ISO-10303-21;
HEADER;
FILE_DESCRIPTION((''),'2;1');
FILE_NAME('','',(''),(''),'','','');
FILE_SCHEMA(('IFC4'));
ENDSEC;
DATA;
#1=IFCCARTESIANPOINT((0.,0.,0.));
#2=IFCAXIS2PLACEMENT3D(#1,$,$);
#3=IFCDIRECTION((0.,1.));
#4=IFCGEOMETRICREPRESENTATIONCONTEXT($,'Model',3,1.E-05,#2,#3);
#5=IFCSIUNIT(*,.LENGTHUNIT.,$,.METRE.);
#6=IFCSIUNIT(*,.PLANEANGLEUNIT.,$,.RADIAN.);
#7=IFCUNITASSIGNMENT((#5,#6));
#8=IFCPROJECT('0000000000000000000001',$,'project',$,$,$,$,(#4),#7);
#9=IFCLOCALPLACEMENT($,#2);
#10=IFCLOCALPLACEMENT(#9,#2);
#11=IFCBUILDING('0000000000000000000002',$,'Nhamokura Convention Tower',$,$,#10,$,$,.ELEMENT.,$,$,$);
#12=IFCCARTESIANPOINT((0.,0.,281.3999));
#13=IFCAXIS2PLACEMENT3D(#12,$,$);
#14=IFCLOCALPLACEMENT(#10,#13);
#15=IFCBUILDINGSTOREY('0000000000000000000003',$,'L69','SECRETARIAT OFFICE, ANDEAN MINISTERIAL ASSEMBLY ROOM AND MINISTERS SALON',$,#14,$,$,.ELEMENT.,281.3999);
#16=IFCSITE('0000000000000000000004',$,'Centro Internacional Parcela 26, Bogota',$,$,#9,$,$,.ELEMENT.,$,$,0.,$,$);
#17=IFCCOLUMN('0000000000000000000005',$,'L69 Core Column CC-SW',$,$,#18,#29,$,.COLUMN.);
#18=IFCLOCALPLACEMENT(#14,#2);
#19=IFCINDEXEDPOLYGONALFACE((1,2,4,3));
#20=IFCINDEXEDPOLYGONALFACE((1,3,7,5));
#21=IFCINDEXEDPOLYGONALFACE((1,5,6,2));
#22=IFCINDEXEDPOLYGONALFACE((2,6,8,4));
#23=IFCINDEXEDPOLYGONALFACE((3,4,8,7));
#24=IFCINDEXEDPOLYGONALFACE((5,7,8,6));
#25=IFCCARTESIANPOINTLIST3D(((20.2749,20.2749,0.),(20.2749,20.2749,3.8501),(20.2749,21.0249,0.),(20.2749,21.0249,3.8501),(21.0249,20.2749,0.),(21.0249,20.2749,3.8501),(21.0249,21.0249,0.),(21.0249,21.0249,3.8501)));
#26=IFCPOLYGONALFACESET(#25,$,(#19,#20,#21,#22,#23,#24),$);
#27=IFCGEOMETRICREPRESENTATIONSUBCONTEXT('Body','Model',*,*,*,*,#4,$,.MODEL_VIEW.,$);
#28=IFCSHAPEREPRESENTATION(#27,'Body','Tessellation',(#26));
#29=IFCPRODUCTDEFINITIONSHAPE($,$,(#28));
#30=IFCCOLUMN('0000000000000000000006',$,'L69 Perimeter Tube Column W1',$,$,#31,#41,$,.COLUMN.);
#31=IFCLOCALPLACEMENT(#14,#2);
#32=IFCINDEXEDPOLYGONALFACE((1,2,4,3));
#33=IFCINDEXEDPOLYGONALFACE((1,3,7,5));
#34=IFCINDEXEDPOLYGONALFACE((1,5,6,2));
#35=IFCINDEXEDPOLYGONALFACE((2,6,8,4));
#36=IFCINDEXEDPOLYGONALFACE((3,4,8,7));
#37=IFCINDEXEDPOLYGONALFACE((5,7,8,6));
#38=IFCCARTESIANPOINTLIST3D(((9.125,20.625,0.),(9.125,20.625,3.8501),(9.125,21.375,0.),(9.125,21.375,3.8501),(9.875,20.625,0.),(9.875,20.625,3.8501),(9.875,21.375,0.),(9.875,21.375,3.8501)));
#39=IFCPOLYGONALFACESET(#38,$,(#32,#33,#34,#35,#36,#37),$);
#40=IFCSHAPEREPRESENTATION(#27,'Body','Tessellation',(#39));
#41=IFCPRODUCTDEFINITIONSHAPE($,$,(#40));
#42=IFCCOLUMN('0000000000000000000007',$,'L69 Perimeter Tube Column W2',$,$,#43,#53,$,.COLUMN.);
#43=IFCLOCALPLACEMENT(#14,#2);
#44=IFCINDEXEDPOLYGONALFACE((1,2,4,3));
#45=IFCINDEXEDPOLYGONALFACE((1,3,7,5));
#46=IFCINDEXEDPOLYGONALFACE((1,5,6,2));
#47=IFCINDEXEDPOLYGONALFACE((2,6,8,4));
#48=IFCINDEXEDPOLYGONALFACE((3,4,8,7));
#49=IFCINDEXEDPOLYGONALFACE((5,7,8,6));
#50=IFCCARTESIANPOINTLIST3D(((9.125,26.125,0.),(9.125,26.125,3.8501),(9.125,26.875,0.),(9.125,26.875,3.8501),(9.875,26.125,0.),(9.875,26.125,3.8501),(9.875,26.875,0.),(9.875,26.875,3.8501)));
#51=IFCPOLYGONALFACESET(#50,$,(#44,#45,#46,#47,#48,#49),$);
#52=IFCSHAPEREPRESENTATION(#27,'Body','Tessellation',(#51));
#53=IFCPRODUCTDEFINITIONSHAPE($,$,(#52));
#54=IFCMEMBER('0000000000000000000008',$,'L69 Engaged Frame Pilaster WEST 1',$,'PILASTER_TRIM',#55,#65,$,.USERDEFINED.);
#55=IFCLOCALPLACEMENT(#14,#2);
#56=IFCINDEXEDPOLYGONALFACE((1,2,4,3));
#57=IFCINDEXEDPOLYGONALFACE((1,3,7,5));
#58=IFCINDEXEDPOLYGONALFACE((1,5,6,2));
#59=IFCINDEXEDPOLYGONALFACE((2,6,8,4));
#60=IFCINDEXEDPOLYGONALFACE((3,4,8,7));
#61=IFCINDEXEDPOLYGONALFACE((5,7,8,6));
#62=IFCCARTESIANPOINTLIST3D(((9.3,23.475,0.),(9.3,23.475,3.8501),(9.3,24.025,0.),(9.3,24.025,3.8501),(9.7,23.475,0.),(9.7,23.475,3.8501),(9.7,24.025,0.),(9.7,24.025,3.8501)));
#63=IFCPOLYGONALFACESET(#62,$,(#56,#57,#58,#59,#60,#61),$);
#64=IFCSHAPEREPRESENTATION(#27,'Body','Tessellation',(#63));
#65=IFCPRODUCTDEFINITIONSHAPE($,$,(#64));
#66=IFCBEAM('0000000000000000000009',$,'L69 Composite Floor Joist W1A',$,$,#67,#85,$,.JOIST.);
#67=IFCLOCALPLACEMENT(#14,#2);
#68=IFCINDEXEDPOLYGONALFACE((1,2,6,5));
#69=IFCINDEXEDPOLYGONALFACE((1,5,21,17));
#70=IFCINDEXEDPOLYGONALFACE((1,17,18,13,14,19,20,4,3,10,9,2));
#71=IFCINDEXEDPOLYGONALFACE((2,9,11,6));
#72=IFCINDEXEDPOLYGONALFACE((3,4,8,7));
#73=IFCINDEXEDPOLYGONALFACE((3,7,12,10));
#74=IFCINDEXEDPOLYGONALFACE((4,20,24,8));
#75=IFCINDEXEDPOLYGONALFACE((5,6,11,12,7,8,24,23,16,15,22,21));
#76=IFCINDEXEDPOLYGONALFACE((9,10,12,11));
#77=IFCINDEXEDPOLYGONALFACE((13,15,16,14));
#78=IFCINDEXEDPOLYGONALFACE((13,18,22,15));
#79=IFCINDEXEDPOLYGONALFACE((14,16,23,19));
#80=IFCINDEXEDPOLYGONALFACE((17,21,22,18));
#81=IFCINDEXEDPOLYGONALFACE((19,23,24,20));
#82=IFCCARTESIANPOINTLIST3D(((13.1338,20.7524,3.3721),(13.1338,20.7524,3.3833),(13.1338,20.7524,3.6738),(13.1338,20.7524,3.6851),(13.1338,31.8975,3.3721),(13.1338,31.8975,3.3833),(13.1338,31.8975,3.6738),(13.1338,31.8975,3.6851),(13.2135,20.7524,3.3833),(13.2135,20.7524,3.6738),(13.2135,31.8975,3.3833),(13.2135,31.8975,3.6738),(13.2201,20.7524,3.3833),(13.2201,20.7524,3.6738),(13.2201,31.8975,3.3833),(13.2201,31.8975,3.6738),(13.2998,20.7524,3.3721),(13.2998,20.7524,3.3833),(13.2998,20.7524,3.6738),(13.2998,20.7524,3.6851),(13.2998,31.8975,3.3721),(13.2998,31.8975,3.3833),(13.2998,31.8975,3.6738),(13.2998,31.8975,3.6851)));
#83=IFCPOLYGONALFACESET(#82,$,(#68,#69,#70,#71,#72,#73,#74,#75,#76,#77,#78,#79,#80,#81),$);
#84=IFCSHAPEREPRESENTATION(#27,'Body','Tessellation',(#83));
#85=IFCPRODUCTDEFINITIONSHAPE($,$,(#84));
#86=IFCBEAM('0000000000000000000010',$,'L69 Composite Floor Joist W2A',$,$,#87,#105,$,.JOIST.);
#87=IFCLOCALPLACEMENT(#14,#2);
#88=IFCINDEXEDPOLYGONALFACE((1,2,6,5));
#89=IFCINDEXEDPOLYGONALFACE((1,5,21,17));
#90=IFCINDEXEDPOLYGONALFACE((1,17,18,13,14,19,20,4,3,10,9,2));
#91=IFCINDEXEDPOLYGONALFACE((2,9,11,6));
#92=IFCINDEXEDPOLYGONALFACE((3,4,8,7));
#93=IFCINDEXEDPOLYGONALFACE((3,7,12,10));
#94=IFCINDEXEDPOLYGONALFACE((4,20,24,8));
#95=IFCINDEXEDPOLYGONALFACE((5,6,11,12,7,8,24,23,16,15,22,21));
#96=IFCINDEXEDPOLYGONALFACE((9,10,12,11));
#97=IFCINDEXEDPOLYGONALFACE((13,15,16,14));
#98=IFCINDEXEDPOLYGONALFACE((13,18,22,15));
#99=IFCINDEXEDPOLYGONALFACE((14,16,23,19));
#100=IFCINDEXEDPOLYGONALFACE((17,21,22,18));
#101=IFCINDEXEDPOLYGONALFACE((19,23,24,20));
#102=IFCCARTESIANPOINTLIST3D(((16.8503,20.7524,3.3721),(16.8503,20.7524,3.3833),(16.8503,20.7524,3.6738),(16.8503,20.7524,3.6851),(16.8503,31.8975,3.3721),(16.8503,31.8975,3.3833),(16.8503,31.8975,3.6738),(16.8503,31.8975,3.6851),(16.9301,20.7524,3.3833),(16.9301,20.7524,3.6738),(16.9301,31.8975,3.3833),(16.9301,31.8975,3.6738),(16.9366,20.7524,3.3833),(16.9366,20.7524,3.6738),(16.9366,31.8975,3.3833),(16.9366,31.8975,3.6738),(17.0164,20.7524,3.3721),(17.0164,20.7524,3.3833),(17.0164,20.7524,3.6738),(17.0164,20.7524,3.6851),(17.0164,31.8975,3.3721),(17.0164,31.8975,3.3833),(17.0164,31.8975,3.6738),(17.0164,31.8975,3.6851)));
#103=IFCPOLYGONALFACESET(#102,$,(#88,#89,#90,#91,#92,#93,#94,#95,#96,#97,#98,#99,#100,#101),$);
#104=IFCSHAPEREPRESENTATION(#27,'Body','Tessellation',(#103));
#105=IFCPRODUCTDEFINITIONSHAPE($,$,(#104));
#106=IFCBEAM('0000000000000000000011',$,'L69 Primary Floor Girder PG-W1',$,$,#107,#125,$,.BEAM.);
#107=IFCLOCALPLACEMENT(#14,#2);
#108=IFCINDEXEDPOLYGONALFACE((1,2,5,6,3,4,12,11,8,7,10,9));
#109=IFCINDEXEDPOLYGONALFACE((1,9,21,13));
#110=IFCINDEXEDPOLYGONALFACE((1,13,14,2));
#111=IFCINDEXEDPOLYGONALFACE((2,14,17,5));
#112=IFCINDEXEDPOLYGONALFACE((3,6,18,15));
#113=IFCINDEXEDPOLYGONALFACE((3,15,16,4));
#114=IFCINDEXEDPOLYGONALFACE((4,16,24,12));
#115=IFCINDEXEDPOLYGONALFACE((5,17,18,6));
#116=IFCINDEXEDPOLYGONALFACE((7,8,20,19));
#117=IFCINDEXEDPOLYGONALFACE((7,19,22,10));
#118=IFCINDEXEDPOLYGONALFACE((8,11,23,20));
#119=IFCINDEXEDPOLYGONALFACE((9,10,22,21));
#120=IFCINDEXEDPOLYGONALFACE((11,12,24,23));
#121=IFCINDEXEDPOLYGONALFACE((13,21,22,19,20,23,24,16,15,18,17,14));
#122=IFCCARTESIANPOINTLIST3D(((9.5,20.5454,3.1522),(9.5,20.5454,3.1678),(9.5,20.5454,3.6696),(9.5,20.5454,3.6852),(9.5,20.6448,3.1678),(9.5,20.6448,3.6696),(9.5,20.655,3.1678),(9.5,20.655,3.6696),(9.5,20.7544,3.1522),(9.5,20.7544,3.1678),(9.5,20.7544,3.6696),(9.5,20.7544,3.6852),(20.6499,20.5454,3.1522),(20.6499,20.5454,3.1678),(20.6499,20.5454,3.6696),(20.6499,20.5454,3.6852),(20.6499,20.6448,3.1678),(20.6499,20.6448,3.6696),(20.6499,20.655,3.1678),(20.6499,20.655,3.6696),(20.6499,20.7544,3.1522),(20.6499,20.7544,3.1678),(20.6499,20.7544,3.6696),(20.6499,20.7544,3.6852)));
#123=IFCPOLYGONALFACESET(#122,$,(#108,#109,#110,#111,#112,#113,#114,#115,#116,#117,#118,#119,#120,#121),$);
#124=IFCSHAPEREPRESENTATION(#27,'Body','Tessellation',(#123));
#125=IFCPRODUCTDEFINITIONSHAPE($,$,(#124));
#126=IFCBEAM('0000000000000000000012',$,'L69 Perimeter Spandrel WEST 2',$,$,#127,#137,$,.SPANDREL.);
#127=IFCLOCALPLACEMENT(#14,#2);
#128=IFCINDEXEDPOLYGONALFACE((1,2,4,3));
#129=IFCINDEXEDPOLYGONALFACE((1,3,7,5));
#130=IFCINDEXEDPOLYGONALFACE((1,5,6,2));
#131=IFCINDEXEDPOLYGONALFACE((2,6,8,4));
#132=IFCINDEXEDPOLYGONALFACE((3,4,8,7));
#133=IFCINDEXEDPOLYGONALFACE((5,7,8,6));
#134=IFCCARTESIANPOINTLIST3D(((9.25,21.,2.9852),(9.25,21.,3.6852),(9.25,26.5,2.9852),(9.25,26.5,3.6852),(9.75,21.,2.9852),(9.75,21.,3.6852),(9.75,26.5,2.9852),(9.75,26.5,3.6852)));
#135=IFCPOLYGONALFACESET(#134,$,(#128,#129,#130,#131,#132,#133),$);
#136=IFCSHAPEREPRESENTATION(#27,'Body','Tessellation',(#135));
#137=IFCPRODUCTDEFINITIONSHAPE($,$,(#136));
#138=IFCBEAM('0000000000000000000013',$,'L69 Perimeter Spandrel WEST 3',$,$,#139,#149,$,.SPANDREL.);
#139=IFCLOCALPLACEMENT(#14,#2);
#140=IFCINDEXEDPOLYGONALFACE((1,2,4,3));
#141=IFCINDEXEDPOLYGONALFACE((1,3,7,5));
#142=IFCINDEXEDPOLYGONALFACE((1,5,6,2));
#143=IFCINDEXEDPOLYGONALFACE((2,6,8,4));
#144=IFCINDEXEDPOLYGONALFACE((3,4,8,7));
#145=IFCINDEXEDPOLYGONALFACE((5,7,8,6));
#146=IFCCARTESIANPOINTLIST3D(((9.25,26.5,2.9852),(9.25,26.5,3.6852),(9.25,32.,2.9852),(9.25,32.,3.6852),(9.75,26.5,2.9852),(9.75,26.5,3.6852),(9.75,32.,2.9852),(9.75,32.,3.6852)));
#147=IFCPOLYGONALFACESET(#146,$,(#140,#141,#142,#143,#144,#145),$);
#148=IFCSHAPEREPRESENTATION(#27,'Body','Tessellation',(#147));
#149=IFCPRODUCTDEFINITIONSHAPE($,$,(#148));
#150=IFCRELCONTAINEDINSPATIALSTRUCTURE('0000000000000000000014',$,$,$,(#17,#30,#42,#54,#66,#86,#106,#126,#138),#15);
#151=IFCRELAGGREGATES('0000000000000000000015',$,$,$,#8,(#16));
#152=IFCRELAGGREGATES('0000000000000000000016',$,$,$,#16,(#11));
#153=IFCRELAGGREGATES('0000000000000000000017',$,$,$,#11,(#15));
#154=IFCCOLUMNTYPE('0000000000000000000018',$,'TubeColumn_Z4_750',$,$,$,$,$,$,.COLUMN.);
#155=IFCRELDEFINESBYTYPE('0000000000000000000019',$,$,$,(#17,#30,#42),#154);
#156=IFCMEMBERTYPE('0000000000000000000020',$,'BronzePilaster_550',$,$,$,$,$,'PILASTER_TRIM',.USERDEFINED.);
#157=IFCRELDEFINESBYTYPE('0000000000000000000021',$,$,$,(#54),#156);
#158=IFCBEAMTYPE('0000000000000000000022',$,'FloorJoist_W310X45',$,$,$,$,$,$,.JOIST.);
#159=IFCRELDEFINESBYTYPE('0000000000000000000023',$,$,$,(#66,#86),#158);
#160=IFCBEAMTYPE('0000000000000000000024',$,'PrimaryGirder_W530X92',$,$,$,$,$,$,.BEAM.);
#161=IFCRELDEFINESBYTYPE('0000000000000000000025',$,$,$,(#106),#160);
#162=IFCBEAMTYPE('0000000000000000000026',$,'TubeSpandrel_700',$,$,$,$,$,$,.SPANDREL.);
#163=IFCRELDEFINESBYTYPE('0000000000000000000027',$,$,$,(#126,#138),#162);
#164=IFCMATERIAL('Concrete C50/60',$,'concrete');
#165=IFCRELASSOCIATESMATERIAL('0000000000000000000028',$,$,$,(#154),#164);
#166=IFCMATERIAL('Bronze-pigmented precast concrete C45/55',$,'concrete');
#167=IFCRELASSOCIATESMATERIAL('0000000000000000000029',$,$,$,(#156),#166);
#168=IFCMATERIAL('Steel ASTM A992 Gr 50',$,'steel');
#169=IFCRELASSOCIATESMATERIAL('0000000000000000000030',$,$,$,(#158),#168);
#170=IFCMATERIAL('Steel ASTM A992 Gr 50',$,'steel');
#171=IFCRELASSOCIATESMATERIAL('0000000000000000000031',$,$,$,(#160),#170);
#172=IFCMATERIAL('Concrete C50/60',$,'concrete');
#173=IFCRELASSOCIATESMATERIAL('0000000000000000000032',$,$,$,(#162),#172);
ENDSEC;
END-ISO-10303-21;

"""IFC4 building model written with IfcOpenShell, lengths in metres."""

from ifc_helpers import new_model, si_unit, direction, frame, origin, origin_2d, place, context, subcontext, project, spatial, rectangle, i_section, extrude, material, material_profile, profile_set, type_object, element, save


model = new_model("IFC4")

# Units and contexts
model_context = context("Model", 3, precision=1e-05, world=origin(), true_north=direction((0.0, 1.0)))
body_context = subcontext(model_context, "Body", "Model", "MODEL_VIEW")
ifc_project = project(units=[si_unit("LENGTHUNIT", "METRE"), si_unit("PLANEANGLEUNIT", "RADIAN")], contexts=[model_context])

# Site, building, storey
site_placement = place(None, origin())
site = spatial("IfcSite", under=ifc_project, at=site_placement, Name="Centro Internacional Parcela 26, Bogota", CompositionType="ELEMENT", RefElevation=0.0)
building_placement = place(site_placement, origin())
building = spatial("IfcBuilding", under=site, at=building_placement, Name="Nhamokura Convention Tower", CompositionType="ELEMENT")
storey_placement = place(building_placement, frame((0.0, 0.0, 281.3999)))
storey = spatial("IfcBuildingStorey", under=building, at=storey_placement, Name="L69", Description="SECRETARIAT OFFICE, ANDEAN MINISTERIAL ASSEMBLY ROOM AND MINISTERS SALON", CompositionType="ELEMENT", Elevation=281.3999)

# Columns
ifc_material_1 = material(Name="Concrete C50/60", Category="concrete")
ifc_material_profile_1 = material_profile(ifc_material_1, rectangle(XDim=0.75, YDim=0.75, at=origin_2d()))
ifc_profile_set_1 = profile_set([ifc_material_profile_1], Name="Concrete C50/60")
column_type = type_object("IfcColumnType", Name="TubeColumn_Z4_750", PredefinedType="COLUMN", material=ifc_profile_set_1)
for number, where, z_axis, x_axis, name in (
    (1, (20.6499, 20.6499, 0.0), (0.0, 0.0, 1.0), (1.0, 0.0, 0.0), "L69 Core Column CC-SW"),
    (2, (9.5, 21.0, 0.0), (0.0, 0.0, 1.0), (1.0, 0.0, 0.0), "L69 Perimeter Tube Column W1"),
    (3, (9.5, 26.5, 0.0), (0.0, 0.0, 1.0), (1.0, 0.0, 0.0), "L69 Perimeter Tube Column W2"),
):
    element("IfcColumn", number, at=place(storey_placement, frame(where, z_axis=z_axis, x_axis=x_axis)), inside=storey, type_object=column_type, Name=name, PredefinedType="COLUMN", context=body_context, shape_type="SweptSolid", body=[
        extrude(rectangle(XDim=0.75, YDim=0.75, at=origin_2d()), origin(), (0.0, 0.0, 1.0), 3.8501),
    ])

# Member
ifc_material_2 = material(Name="Bronze-pigmented precast concrete C45/55", Category="concrete")
ifc_material_profile_2 = material_profile(ifc_material_2, rectangle(XDim=0.3999, YDim=0.55, at=origin_2d()))
ifc_profile_set_2 = profile_set([ifc_material_profile_2], Name="Bronze-pigmented precast concrete C45/55")
member_type = type_object("IfcMemberType", Name="BronzePilaster_550", ElementType="PILASTER_TRIM", PredefinedType="USERDEFINED", material=ifc_profile_set_2)
member_placement = place(storey_placement, frame((9.5, 23.75, 0.0), z_axis=(0.0, 0.0, 1.0), x_axis=(1.0, 0.0, 0.0)))
element("IfcMember", 4, at=member_placement, inside=storey, type_object=member_type, Name="L69 Engaged Frame Pilaster WEST 1", ObjectType="PILASTER_TRIM", PredefinedType="USERDEFINED", context=body_context, shape_type="SweptSolid", body=[
    extrude(rectangle(XDim=0.3999, YDim=0.55, at=origin_2d()), origin(), (0.0, 0.0, 1.0), 3.8501),
])

# Beams
ifc_material_3 = material(Name="Steel ASTM A992 Gr 50", Category="steel")
ifc_material_profile_3 = material_profile(ifc_material_3, i_section(OverallWidth=0.166, OverallDepth=0.313, WebThickness=0.0066, FlangeThickness=0.0112, at=origin_2d()))
ifc_profile_set_3 = profile_set([ifc_material_profile_3], Name="Steel ASTM A992 Gr 50")
beam_type_1 = type_object("IfcBeamType", Name="FloorJoist_W310X45", PredefinedType="JOIST", material=ifc_profile_set_3)
for number, where, z_axis, x_axis, name in (
    (5, (13.2168, 20.7524, 3.5286), (0.0, 1.0, 0.0), (-1.0, 0.0, 0.0), "L69 Composite Floor Joist W1A"),
    (6, (16.9333, 20.7524, 3.5286), (0.0, 1.0, 0.0), (-1.0, 0.0, 0.0), "L69 Composite Floor Joist W2A"),
):
    element("IfcBeam", number, at=place(storey_placement, frame(where, z_axis=z_axis, x_axis=x_axis)), inside=storey, type_object=beam_type_1, Name=name, PredefinedType="JOIST", context=body_context, shape_type="SweptSolid", body=[
        extrude(i_section(OverallWidth=0.166, OverallDepth=0.313, WebThickness=0.0066, FlangeThickness=0.0112, at=origin_2d()), origin(), (0.0, 0.0, 1.0), 11.145),
    ])
ifc_material_4 = material(Name="Steel ASTM A992 Gr 50", Category="steel")
ifc_material_profile_4 = material_profile(ifc_material_4, i_section(OverallWidth=0.209, OverallDepth=0.533, WebThickness=0.0103, FlangeThickness=0.0156, at=origin_2d()))
ifc_profile_set_4 = profile_set([ifc_material_profile_4], Name="Steel ASTM A992 Gr 50")
beam_type_2 = type_object("IfcBeamType", Name="PrimaryGirder_W530X92", PredefinedType="BEAM", material=ifc_profile_set_4)
beam_placement = place(storey_placement, frame((9.5, 20.6499, 3.4187), z_axis=(1.0, 0.0, 0.0), x_axis=(0.0, 1.0, 0.0)))
element("IfcBeam", 7, at=beam_placement, inside=storey, type_object=beam_type_2, Name="L69 Primary Floor Girder PG-W1", PredefinedType="BEAM", context=body_context, shape_type="SweptSolid", body=[
    extrude(i_section(OverallWidth=0.209, OverallDepth=0.533, WebThickness=0.0103, FlangeThickness=0.0156, at=origin_2d()), origin(), (0.0, 0.0, 1.0), 11.1499),
])
ifc_material_5 = material(Name="Concrete C50/60", Category="concrete")
ifc_material_profile_5 = material_profile(ifc_material_5, rectangle(XDim=0.5, YDim=0.7, at=origin_2d()))
ifc_profile_set_5 = profile_set([ifc_material_profile_5], Name="Concrete C50/60")
beam_type_3 = type_object("IfcBeamType", Name="TubeSpandrel_700", PredefinedType="SPANDREL", material=ifc_profile_set_5)
for number, where, z_axis, x_axis, name in (
    (8, (9.5, 21.0, 3.3352), (0.0, 1.0, 0.0), (-1.0, 0.0, 0.0), "L69 Perimeter Spandrel WEST 2"),
    (9, (9.5, 26.5, 3.3352), (0.0, 1.0, 0.0), (-1.0, 0.0, 0.0), "L69 Perimeter Spandrel WEST 3"),
):
    element("IfcBeam", number, at=place(storey_placement, frame(where, z_axis=z_axis, x_axis=x_axis)), inside=storey, type_object=beam_type_3, Name=name, PredefinedType="SPANDREL", context=body_context, shape_type="SweptSolid", body=[
        extrude(rectangle(XDim=0.5, YDim=0.7, at=origin_2d()), origin(), (0.0, 0.0, 1.0), 5.5),
    ])

save(model, "model.ifc")
